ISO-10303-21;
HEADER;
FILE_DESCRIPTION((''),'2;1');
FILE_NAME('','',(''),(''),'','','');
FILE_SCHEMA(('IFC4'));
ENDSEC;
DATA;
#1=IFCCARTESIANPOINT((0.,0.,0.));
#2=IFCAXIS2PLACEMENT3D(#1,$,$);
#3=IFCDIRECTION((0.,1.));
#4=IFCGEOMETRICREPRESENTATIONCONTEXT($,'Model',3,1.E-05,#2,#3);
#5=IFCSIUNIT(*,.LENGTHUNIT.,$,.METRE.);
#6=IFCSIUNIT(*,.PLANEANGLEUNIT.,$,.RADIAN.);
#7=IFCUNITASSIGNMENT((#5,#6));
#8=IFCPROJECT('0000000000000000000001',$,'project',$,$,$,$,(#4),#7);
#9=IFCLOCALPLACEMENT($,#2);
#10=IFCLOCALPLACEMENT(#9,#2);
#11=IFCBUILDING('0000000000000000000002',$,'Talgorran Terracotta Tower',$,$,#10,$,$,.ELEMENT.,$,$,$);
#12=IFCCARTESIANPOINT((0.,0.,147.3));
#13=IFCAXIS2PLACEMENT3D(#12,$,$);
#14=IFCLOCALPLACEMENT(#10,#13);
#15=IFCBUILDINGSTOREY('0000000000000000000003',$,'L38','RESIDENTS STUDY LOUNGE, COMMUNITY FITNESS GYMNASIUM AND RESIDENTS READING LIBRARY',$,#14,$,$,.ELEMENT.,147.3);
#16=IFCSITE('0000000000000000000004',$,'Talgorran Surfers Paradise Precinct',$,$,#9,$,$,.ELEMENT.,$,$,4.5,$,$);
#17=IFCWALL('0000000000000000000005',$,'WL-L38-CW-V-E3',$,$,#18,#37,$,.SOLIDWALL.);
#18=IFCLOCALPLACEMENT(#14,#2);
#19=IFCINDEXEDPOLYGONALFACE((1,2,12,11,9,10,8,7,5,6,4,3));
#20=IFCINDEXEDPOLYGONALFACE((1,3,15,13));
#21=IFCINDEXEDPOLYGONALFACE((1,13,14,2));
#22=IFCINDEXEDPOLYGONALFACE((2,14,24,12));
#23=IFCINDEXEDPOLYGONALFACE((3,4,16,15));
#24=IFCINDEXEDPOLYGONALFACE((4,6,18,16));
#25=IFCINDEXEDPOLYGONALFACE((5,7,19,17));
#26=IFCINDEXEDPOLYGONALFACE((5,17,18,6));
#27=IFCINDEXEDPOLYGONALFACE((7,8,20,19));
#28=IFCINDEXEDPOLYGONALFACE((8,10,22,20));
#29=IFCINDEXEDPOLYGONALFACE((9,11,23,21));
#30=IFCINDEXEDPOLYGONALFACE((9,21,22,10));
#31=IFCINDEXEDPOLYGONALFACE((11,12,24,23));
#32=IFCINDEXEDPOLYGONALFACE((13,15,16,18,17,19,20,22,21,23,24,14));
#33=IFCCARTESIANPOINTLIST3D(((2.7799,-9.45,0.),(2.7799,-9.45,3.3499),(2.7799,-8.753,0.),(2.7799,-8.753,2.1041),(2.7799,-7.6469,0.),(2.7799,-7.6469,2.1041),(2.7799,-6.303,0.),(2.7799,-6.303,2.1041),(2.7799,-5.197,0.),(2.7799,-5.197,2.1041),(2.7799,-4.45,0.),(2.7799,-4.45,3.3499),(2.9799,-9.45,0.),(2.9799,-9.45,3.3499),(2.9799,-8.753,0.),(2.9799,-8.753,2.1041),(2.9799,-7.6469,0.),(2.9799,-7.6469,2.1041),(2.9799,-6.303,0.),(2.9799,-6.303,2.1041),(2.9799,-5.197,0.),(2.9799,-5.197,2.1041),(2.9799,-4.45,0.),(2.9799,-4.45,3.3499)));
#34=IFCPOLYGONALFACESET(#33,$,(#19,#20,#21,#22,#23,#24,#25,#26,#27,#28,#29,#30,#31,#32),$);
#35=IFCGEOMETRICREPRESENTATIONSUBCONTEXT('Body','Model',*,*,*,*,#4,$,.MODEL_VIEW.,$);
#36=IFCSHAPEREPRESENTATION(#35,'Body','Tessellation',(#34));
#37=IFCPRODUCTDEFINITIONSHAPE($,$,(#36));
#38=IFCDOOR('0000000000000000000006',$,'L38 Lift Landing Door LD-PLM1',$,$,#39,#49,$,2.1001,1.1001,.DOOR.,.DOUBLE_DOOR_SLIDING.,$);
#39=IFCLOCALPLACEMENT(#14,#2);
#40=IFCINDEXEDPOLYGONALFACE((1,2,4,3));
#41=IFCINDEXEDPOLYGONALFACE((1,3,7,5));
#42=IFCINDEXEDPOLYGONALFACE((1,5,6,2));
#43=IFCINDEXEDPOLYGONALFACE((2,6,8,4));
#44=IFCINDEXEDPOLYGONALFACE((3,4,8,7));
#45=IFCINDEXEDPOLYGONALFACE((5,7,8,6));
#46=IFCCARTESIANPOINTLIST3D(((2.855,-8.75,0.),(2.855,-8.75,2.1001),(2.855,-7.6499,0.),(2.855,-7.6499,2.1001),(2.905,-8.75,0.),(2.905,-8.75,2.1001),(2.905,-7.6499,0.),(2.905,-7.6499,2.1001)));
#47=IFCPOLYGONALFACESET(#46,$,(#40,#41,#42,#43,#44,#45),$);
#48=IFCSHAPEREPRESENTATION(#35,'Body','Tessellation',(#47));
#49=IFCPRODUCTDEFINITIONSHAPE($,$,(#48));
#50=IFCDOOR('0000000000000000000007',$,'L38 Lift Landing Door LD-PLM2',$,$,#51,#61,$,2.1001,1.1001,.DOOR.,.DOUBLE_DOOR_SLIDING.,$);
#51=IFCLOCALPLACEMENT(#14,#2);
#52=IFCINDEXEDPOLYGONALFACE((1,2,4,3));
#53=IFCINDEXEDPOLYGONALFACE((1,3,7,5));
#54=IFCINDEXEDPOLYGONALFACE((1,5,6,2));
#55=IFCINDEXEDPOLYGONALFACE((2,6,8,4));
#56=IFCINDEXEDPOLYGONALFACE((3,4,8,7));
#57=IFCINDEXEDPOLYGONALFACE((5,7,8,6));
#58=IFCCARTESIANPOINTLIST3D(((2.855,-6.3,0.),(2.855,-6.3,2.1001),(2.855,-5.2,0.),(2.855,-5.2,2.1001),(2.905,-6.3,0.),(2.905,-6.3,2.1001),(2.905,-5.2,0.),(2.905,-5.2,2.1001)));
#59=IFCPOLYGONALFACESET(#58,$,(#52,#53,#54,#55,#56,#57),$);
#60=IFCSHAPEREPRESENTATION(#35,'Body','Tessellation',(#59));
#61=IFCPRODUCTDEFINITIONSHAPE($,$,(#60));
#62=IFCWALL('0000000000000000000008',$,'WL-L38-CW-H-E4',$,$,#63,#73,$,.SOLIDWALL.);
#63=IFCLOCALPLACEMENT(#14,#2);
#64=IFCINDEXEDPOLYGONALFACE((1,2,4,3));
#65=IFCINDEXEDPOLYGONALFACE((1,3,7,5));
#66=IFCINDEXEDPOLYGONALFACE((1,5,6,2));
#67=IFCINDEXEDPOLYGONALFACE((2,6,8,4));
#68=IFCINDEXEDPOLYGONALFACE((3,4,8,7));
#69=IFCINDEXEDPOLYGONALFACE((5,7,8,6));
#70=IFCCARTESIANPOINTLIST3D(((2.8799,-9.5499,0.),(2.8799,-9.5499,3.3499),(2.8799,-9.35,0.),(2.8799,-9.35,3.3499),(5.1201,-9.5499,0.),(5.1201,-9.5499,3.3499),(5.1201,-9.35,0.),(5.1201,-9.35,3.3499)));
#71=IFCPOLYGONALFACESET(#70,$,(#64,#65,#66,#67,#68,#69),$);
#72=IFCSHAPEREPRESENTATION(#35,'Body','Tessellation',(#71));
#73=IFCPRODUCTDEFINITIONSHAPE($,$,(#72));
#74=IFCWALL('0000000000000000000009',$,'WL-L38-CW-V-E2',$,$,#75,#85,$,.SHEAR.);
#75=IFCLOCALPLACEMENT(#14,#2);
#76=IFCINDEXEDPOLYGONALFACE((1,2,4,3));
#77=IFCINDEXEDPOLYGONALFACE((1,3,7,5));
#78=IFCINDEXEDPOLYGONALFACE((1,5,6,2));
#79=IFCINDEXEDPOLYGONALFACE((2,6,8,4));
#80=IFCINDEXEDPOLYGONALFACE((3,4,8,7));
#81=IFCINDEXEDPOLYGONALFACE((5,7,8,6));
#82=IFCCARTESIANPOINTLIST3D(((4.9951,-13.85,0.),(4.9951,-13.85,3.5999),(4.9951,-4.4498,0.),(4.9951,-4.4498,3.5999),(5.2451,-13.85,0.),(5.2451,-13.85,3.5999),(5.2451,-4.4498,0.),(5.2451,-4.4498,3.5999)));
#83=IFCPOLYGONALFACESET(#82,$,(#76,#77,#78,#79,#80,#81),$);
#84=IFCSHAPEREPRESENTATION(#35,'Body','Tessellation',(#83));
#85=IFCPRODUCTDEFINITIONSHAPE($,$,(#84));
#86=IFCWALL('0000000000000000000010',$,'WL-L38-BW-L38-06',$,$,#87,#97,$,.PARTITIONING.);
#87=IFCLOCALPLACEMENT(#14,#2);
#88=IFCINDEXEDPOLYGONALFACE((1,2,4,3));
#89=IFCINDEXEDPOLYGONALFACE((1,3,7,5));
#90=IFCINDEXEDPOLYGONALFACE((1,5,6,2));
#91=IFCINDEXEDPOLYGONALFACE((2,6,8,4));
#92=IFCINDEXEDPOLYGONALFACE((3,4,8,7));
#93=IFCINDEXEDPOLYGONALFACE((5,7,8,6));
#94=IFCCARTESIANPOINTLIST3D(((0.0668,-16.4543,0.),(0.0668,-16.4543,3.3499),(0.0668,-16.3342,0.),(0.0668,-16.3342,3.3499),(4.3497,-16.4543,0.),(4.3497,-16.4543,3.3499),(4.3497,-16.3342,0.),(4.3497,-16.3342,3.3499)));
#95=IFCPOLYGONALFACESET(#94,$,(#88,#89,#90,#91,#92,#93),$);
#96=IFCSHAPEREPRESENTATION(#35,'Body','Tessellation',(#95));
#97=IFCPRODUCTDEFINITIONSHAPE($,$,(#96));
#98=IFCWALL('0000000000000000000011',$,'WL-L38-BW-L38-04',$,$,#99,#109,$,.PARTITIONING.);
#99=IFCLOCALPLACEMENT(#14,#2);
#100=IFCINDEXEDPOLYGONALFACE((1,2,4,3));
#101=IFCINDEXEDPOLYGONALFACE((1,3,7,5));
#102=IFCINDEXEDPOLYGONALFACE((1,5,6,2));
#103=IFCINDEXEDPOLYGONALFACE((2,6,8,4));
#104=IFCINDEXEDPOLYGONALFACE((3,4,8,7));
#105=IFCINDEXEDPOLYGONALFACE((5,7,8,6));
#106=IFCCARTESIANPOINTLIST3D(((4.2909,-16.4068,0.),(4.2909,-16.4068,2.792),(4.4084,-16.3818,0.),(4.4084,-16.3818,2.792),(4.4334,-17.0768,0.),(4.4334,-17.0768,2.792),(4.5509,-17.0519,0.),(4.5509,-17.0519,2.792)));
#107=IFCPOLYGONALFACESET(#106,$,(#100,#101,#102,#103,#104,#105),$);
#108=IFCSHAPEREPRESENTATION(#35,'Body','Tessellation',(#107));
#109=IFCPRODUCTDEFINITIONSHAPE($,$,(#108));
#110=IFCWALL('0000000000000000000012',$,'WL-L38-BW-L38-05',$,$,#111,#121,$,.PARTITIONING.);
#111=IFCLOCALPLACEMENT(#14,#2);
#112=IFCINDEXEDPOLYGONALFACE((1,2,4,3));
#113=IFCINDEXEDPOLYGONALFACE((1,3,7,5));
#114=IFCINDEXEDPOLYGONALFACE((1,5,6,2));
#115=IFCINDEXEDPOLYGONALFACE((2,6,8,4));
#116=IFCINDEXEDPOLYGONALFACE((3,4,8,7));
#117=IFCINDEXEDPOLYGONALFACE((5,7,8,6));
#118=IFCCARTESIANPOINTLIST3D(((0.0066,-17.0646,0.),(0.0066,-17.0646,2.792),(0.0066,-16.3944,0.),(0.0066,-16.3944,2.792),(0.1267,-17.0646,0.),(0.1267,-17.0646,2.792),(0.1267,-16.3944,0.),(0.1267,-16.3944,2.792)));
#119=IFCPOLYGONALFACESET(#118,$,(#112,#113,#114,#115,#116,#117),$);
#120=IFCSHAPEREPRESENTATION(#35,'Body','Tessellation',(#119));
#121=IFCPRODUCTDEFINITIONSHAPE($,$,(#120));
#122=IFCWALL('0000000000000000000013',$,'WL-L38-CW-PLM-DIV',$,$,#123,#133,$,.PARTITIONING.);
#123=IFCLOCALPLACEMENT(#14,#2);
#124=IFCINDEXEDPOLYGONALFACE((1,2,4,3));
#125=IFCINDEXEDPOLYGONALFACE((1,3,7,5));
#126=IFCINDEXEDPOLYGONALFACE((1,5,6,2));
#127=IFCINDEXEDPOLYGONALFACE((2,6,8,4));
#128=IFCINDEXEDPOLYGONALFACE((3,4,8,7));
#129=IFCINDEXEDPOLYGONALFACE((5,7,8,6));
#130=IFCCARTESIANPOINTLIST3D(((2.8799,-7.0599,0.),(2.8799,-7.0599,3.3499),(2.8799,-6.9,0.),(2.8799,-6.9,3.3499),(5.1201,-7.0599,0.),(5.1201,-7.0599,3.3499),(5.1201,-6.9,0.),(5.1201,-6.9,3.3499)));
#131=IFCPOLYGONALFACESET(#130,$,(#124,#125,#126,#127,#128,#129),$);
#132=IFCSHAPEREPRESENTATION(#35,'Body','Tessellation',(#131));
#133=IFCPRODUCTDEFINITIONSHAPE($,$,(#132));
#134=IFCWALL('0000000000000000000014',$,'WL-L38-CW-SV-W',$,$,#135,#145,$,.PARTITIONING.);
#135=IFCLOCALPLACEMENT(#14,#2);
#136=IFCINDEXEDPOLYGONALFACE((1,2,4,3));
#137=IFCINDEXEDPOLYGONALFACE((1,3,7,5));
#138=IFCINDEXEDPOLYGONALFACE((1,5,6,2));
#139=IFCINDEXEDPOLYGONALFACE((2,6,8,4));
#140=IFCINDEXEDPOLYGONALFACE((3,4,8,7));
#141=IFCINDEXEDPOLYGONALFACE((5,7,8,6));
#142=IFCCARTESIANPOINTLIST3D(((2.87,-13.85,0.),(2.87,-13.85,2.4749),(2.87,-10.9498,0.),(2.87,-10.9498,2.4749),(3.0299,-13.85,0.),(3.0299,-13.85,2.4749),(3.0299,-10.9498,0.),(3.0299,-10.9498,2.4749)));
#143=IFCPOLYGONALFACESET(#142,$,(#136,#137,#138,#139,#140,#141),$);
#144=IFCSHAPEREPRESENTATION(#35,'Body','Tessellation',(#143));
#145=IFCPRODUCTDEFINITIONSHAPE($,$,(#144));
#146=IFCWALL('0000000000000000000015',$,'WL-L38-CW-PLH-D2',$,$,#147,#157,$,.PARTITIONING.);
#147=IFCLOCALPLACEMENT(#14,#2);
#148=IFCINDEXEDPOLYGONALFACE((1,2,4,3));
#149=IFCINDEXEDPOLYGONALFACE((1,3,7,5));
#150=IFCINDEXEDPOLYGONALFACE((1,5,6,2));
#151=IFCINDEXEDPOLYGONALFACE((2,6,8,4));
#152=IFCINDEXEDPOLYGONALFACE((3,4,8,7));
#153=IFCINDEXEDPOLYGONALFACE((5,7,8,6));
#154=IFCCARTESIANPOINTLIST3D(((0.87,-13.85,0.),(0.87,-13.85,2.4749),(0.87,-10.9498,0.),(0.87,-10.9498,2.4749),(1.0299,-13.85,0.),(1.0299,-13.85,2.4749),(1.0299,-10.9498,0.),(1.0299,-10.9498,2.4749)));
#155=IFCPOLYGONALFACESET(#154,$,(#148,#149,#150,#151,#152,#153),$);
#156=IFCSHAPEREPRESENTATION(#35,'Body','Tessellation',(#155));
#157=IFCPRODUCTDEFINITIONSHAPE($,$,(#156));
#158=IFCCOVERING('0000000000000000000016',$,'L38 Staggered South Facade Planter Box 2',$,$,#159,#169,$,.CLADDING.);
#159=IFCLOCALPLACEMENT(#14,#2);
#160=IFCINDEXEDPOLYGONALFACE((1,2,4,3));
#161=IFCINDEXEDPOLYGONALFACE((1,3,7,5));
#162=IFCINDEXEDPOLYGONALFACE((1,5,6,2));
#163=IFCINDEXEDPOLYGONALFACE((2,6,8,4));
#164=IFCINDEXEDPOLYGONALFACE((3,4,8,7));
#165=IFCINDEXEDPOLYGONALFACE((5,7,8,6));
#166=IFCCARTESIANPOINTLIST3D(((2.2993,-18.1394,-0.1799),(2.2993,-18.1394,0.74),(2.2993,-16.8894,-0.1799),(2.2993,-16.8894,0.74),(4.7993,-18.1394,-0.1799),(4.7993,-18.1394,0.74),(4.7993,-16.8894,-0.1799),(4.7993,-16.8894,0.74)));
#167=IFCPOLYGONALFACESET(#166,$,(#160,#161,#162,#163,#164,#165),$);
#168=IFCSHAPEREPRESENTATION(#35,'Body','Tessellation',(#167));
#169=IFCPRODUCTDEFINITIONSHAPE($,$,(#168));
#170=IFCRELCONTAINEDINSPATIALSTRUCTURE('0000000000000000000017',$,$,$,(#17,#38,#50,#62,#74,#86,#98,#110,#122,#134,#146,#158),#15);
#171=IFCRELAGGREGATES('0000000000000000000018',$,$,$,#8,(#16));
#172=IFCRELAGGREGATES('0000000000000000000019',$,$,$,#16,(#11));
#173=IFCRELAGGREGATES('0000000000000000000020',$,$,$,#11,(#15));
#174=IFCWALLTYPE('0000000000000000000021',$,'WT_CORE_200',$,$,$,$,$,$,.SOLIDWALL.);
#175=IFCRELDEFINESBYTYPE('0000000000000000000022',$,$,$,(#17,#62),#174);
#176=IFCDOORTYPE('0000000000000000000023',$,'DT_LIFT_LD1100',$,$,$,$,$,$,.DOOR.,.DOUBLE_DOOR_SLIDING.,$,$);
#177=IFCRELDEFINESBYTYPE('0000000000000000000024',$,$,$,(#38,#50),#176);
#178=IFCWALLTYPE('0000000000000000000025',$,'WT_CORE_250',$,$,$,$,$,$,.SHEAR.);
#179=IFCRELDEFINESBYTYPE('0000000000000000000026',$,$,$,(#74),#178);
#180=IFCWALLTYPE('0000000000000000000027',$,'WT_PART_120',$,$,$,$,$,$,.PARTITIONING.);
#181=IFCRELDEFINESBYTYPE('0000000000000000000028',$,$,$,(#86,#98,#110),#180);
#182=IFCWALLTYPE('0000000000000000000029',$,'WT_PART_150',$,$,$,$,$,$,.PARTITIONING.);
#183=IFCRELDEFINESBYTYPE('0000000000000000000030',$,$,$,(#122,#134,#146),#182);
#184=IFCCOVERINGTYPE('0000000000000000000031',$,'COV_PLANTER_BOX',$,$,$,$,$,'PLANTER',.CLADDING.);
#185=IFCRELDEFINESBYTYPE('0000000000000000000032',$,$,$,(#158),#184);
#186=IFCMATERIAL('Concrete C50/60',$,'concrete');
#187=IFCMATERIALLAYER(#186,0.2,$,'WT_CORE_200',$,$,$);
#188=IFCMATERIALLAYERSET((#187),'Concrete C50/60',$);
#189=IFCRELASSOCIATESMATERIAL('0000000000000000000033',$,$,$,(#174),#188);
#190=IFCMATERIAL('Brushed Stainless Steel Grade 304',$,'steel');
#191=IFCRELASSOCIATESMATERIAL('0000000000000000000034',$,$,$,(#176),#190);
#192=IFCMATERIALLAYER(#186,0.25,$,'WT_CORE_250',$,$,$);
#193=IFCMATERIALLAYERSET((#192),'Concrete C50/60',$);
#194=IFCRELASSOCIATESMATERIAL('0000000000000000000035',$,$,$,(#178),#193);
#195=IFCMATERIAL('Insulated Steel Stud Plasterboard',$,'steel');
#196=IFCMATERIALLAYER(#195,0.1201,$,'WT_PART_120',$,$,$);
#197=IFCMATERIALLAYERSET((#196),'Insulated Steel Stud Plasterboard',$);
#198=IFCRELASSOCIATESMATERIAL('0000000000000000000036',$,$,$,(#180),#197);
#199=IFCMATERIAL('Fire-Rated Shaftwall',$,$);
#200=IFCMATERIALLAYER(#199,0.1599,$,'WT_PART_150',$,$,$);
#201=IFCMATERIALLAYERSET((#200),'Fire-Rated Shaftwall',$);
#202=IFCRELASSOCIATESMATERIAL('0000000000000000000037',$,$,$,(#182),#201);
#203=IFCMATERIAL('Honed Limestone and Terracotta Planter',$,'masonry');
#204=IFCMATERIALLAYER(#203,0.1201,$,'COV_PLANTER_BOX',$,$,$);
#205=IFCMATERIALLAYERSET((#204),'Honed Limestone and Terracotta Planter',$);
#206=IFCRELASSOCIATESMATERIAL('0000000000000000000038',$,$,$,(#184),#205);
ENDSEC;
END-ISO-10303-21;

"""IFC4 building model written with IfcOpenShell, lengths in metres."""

from ifc_helpers import new_model, si_unit, direction, frame, frame_2d, origin, origin_2d, place, context, subcontext, project, spatial, rectangle, extrude, material, layer, layer_set, type_object, element, fill, save


model = new_model("IFC4")

# Units and contexts
model_context = context("Model", 3, precision=1e-05, world=origin(), true_north=direction((0.0, 1.0)))
body_context = subcontext(model_context, "Body", "Model", "MODEL_VIEW")
ifc_project = project(units=[si_unit("LENGTHUNIT", "METRE"), si_unit("PLANEANGLEUNIT", "RADIAN")], contexts=[model_context])

# Site, building, storey
site_placement = place(None, origin())
site = spatial("IfcSite", under=ifc_project, at=site_placement, Name="Talgorran Surfers Paradise Precinct", CompositionType="ELEMENT", RefElevation=4.5)
building_placement = place(site_placement, origin())
building = spatial("IfcBuilding", under=site, at=building_placement, Name="Talgorran Terracotta Tower", CompositionType="ELEMENT")
storey_placement = place(building_placement, frame((0.0, 0.0, 147.3)))
storey = spatial("IfcBuildingStorey", under=building, at=storey_placement, Name="L38", Description="RESIDENTS STUDY LOUNGE, COMMUNITY FITNESS GYMNASIUM AND RESIDENTS READING LIBRARY", CompositionType="ELEMENT", Elevation=147.3)

# Shared definitions
ifc_material_1 = material(Name="Concrete C50/60", Category="concrete")

# Wall, openings, doors
ifc_layer_1 = layer(ifc_material_1, 0.2, Name="WT_CORE_200")
ifc_layer_set_1 = layer_set([ifc_layer_1], Name="Concrete C50/60")
wall_type_1 = type_object("IfcWallType", Name="WT_CORE_200", PredefinedType="SOLIDWALL", material=ifc_layer_set_1)
ifc_material_2 = material(Name="Brushed Stainless Steel Grade 304", Category="steel")
door_type_1 = type_object("IfcDoorType", Name="DT_LIFT_LD1100", OperationType="DOUBLE_DOOR_SLIDING", PredefinedType="DOOR", material=ifc_material_2)
wall_1_placement = place(storey_placement, frame((2.8799, -9.45, 0.0), z_axis=(0.0, 0.0, 1.0), x_axis=(0.0, 1.0, 0.0)))
wall_1 = element("IfcWall", 1, at=wall_1_placement, inside=storey, type_object=wall_type_1, Name="WL-L38-CW-V-E3", PredefinedType="SOLIDWALL", context=body_context, shape_type="SweptSolid", body=[
    extrude(rectangle(XDim=5.0, YDim=0.2, at=frame_2d((2.5, 0.0))), origin(), (0.0, 0.0, 1.0), 3.3499),
])
opening_1_placement = place(wall_1_placement, frame((0.7, 0.0, 0.0)))
opening_1 = element("IfcOpeningElement", 2, at=opening_1_placement, cuts=wall_1, PredefinedType="OPENING", context=body_context, shape_type="SweptSolid", body=[
    extrude(rectangle(XDim=1.1061, YDim=2.1041, at=frame_2d((0.55, 1.052))), frame((0.0, 0.1099, 0.0), z_axis=(0.0, -1.0, 0.0), x_axis=(1.0, 0.0, 0.0)), (0.0, 0.0, 1.0), 0.22),
])
opening_2_placement = place(wall_1_placement, frame((3.1499, 0.0, 0.0)))
opening_2 = element("IfcOpeningElement", 3, at=opening_2_placement, cuts=wall_1, PredefinedType="OPENING", context=body_context, shape_type="SweptSolid", body=[
    extrude(rectangle(XDim=1.1061, YDim=2.1041, at=frame_2d((0.55, 1.052))), frame((0.0, 0.1099, 0.0), z_axis=(0.0, -1.0, 0.0), x_axis=(1.0, 0.0, 0.0)), (0.0, 0.0, 1.0), 0.22),
])
door_1_placement = place(opening_1_placement, origin())
door_1 = element("IfcDoor", 4, at=door_1_placement, inside=storey, type_object=door_type_1, Name="L38 Lift Landing Door LD-PLM1", OperationType="DOUBLE_DOOR_SLIDING", OverallHeight=2.1001, OverallWidth=1.1001, PredefinedType="DOOR", context=body_context, shape_type="SweptSolid", body=[
    extrude(rectangle(XDim=1.1001, YDim=2.1001, at=frame_2d((0.55, 1.05))), frame((0.0, 0.0249, 0.0), z_axis=(0.0, -1.0, 0.0), x_axis=(1.0, 0.0, 0.0)), (0.0, 0.0, 1.0), 0.05),
])
fill(opening_1, door_1)
door_2_placement = place(opening_2_placement, origin())
door_2 = element("IfcDoor", 5, at=door_2_placement, inside=storey, type_object=door_type_1, Name="L38 Lift Landing Door LD-PLM2", OperationType="DOUBLE_DOOR_SLIDING", OverallHeight=2.1001, OverallWidth=1.1001, PredefinedType="DOOR", context=body_context, shape_type="SweptSolid", body=[
    extrude(rectangle(XDim=1.1001, YDim=2.1001, at=frame_2d((0.55, 1.05))), frame((0.0, 0.0249, 0.0), z_axis=(0.0, -1.0, 0.0), x_axis=(1.0, 0.0, 0.0)), (0.0, 0.0, 1.0), 0.05),
])
fill(opening_2, door_2)

# Walls
wall_2_placement = place(storey_placement, frame((2.8799, -9.45, 0.0), z_axis=(0.0, 0.0, 1.0), x_axis=(1.0, 0.0, 0.0)))
element("IfcWall", 6, at=wall_2_placement, inside=storey, type_object=wall_type_1, Name="WL-L38-CW-H-E4", PredefinedType="SOLIDWALL", context=body_context, shape_type="SweptSolid", body=[
    extrude(rectangle(XDim=2.2402, YDim=0.2, at=frame_2d((1.1201, 0.0))), origin(), (0.0, 0.0, 1.0), 3.3499),
])
ifc_layer_2 = layer(ifc_material_1, 0.25, Name="WT_CORE_250")
ifc_layer_set_2 = layer_set([ifc_layer_2], Name="Concrete C50/60")
wall_type_2 = type_object("IfcWallType", Name="WT_CORE_250", PredefinedType="SHEAR", material=ifc_layer_set_2)
wall_3_placement = place(storey_placement, frame((5.1201, -13.8501, 0.0), z_axis=(0.0, 0.0, 1.0), x_axis=(0.0, 1.0, 0.0)))
element("IfcWall", 7, at=wall_3_placement, inside=storey, type_object=wall_type_2, Name="WL-L38-CW-V-E2", PredefinedType="SHEAR", context=body_context, shape_type="SweptSolid", body=[
    extrude(rectangle(XDim=9.4001, YDim=0.25, at=frame_2d((4.7002, 0.0))), origin(), (0.0, 0.0, 1.0), 3.5999),
])
ifc_material_3 = material(Name="Insulated Steel Stud Plasterboard", Category="steel")
ifc_layer_3 = layer(ifc_material_3, 0.1201, Name="WT_PART_120")
ifc_layer_set_3 = layer_set([ifc_layer_3], Name="Insulated Steel Stud Plasterboard")
wall_type_3 = type_object("IfcWallType", Name="WT_PART_120", PredefinedType="PARTITIONING", material=ifc_layer_set_3)
wall_4_placement = place(storey_placement, frame((0.0667, -16.3943, 0.0), z_axis=(0.0, 0.0, 1.0), x_axis=(1.0, 0.0, 0.0)))
element("IfcWall", 8, at=wall_4_placement, inside=storey, type_object=wall_type_3, Name="WL-L38-BW-L38-06", PredefinedType="PARTITIONING", context=body_context, shape_type="SweptSolid", body=[
    extrude(rectangle(XDim=4.283, YDim=0.1201, at=frame_2d((2.1416, 0.0))), origin(), (0.0, 0.0, 1.0), 3.3499),
])
wall_5_placement = place(storey_placement, frame((4.3496, -16.3943, 0.0), z_axis=(0.0, 0.0, 1.0), x_axis=(0.208093, -0.978109, 0.0)))
element("IfcWall", 9, at=wall_5_placement, inside=storey, type_object=wall_type_3, Name="WL-L38-BW-L38-04", PredefinedType="PARTITIONING", context=body_context, shape_type="SweptSolid", body=[
    extrude(rectangle(XDim=0.6851, YDim=0.1201, at=frame_2d((0.3425, 0.0))), origin(), (0.0, 0.0, 1.0), 2.792),
])
wall_6_placement = place(storey_placement, frame((0.0667, -17.0645, 0.0), z_axis=(0.0, 0.0, 1.0), x_axis=(0.0, 1.0, 0.0)))
element("IfcWall", 10, at=wall_6_placement, inside=storey, type_object=wall_type_3, Name="WL-L38-BW-L38-05", PredefinedType="PARTITIONING", context=body_context, shape_type="SweptSolid", body=[
    extrude(rectangle(XDim=0.6702, YDim=0.1201, at=frame_2d((0.335, 0.0))), origin(), (0.0, 0.0, 1.0), 2.792),
])
ifc_material_4 = material(Name="Fire-Rated Shaftwall")
ifc_layer_4 = layer(ifc_material_4, 0.1599, Name="WT_PART_150")
ifc_layer_set_4 = layer_set([ifc_layer_4], Name="Fire-Rated Shaftwall")
wall_type_4 = type_object("IfcWallType", Name="WT_PART_150", PredefinedType="PARTITIONING", material=ifc_layer_set_4)
wall_7_placement = place(storey_placement, frame((2.8799, -6.98, 0.0), z_axis=(0.0, 0.0, 1.0), x_axis=(1.0, 0.0, 0.0)))
element("IfcWall", 11, at=wall_7_placement, inside=storey, type_object=wall_type_4, Name="WL-L38-CW-PLM-DIV", PredefinedType="PARTITIONING", context=body_context, shape_type="SweptSolid", body=[
    extrude(rectangle(XDim=2.2402, YDim=0.1599, at=frame_2d((1.1201, 0.0))), origin(), (0.0, 0.0, 1.0), 3.3499),
])
for number, where, z_axis, x_axis, name in (
    (12, (2.95, -13.8501, 0.0), (0.0, 0.0, 1.0), (0.0, 1.0, 0.0), "WL-L38-CW-SV-W"),
    (13, (0.95, -13.8501, 0.0), (0.0, 0.0, 1.0), (0.0, 1.0, 0.0), "WL-L38-CW-PLH-D2"),
):
    element("IfcWall", number, at=place(storey_placement, frame(where, z_axis=z_axis, x_axis=x_axis)), inside=storey, type_object=wall_type_4, Name=name, PredefinedType="PARTITIONING", context=body_context, shape_type="SweptSolid", body=[
        extrude(rectangle(XDim=2.9001, YDim=0.1599, at=frame_2d((1.4502, 0.0))), origin(), (0.0, 0.0, 1.0), 2.4749),
    ])

# Covering
ifc_material_5 = material(Name="Honed Limestone and Terracotta Planter", Category="masonry")
ifc_layer_5 = layer(ifc_material_5, 0.1201, Name="COV_PLANTER_BOX")
ifc_layer_set_5 = layer_set([ifc_layer_5], Name="Honed Limestone and Terracotta Planter")
covering_type_1 = type_object("IfcCoveringType", Name="COV_PLANTER_BOX", ElementType="PLANTER", PredefinedType="CLADDING", material=ifc_layer_set_5)
covering_1_placement = place(storey_placement, frame((3.5493, -17.5144, -0.1799), z_axis=(0.0, 0.0, 1.0), x_axis=(1.0, 0.0, 0.0)))
element("IfcCovering", 14, at=covering_1_placement, inside=storey, type_object=covering_type_1, Name="L38 Staggered South Facade Planter Box 2", PredefinedType="CLADDING", context=body_context, shape_type="SweptSolid", body=[
    extrude(rectangle(XDim=2.5, YDim=1.25, at=origin_2d()), origin(), (0.0, 0.0, 1.0), 0.9199),
])

save(model, "model.ifc")
